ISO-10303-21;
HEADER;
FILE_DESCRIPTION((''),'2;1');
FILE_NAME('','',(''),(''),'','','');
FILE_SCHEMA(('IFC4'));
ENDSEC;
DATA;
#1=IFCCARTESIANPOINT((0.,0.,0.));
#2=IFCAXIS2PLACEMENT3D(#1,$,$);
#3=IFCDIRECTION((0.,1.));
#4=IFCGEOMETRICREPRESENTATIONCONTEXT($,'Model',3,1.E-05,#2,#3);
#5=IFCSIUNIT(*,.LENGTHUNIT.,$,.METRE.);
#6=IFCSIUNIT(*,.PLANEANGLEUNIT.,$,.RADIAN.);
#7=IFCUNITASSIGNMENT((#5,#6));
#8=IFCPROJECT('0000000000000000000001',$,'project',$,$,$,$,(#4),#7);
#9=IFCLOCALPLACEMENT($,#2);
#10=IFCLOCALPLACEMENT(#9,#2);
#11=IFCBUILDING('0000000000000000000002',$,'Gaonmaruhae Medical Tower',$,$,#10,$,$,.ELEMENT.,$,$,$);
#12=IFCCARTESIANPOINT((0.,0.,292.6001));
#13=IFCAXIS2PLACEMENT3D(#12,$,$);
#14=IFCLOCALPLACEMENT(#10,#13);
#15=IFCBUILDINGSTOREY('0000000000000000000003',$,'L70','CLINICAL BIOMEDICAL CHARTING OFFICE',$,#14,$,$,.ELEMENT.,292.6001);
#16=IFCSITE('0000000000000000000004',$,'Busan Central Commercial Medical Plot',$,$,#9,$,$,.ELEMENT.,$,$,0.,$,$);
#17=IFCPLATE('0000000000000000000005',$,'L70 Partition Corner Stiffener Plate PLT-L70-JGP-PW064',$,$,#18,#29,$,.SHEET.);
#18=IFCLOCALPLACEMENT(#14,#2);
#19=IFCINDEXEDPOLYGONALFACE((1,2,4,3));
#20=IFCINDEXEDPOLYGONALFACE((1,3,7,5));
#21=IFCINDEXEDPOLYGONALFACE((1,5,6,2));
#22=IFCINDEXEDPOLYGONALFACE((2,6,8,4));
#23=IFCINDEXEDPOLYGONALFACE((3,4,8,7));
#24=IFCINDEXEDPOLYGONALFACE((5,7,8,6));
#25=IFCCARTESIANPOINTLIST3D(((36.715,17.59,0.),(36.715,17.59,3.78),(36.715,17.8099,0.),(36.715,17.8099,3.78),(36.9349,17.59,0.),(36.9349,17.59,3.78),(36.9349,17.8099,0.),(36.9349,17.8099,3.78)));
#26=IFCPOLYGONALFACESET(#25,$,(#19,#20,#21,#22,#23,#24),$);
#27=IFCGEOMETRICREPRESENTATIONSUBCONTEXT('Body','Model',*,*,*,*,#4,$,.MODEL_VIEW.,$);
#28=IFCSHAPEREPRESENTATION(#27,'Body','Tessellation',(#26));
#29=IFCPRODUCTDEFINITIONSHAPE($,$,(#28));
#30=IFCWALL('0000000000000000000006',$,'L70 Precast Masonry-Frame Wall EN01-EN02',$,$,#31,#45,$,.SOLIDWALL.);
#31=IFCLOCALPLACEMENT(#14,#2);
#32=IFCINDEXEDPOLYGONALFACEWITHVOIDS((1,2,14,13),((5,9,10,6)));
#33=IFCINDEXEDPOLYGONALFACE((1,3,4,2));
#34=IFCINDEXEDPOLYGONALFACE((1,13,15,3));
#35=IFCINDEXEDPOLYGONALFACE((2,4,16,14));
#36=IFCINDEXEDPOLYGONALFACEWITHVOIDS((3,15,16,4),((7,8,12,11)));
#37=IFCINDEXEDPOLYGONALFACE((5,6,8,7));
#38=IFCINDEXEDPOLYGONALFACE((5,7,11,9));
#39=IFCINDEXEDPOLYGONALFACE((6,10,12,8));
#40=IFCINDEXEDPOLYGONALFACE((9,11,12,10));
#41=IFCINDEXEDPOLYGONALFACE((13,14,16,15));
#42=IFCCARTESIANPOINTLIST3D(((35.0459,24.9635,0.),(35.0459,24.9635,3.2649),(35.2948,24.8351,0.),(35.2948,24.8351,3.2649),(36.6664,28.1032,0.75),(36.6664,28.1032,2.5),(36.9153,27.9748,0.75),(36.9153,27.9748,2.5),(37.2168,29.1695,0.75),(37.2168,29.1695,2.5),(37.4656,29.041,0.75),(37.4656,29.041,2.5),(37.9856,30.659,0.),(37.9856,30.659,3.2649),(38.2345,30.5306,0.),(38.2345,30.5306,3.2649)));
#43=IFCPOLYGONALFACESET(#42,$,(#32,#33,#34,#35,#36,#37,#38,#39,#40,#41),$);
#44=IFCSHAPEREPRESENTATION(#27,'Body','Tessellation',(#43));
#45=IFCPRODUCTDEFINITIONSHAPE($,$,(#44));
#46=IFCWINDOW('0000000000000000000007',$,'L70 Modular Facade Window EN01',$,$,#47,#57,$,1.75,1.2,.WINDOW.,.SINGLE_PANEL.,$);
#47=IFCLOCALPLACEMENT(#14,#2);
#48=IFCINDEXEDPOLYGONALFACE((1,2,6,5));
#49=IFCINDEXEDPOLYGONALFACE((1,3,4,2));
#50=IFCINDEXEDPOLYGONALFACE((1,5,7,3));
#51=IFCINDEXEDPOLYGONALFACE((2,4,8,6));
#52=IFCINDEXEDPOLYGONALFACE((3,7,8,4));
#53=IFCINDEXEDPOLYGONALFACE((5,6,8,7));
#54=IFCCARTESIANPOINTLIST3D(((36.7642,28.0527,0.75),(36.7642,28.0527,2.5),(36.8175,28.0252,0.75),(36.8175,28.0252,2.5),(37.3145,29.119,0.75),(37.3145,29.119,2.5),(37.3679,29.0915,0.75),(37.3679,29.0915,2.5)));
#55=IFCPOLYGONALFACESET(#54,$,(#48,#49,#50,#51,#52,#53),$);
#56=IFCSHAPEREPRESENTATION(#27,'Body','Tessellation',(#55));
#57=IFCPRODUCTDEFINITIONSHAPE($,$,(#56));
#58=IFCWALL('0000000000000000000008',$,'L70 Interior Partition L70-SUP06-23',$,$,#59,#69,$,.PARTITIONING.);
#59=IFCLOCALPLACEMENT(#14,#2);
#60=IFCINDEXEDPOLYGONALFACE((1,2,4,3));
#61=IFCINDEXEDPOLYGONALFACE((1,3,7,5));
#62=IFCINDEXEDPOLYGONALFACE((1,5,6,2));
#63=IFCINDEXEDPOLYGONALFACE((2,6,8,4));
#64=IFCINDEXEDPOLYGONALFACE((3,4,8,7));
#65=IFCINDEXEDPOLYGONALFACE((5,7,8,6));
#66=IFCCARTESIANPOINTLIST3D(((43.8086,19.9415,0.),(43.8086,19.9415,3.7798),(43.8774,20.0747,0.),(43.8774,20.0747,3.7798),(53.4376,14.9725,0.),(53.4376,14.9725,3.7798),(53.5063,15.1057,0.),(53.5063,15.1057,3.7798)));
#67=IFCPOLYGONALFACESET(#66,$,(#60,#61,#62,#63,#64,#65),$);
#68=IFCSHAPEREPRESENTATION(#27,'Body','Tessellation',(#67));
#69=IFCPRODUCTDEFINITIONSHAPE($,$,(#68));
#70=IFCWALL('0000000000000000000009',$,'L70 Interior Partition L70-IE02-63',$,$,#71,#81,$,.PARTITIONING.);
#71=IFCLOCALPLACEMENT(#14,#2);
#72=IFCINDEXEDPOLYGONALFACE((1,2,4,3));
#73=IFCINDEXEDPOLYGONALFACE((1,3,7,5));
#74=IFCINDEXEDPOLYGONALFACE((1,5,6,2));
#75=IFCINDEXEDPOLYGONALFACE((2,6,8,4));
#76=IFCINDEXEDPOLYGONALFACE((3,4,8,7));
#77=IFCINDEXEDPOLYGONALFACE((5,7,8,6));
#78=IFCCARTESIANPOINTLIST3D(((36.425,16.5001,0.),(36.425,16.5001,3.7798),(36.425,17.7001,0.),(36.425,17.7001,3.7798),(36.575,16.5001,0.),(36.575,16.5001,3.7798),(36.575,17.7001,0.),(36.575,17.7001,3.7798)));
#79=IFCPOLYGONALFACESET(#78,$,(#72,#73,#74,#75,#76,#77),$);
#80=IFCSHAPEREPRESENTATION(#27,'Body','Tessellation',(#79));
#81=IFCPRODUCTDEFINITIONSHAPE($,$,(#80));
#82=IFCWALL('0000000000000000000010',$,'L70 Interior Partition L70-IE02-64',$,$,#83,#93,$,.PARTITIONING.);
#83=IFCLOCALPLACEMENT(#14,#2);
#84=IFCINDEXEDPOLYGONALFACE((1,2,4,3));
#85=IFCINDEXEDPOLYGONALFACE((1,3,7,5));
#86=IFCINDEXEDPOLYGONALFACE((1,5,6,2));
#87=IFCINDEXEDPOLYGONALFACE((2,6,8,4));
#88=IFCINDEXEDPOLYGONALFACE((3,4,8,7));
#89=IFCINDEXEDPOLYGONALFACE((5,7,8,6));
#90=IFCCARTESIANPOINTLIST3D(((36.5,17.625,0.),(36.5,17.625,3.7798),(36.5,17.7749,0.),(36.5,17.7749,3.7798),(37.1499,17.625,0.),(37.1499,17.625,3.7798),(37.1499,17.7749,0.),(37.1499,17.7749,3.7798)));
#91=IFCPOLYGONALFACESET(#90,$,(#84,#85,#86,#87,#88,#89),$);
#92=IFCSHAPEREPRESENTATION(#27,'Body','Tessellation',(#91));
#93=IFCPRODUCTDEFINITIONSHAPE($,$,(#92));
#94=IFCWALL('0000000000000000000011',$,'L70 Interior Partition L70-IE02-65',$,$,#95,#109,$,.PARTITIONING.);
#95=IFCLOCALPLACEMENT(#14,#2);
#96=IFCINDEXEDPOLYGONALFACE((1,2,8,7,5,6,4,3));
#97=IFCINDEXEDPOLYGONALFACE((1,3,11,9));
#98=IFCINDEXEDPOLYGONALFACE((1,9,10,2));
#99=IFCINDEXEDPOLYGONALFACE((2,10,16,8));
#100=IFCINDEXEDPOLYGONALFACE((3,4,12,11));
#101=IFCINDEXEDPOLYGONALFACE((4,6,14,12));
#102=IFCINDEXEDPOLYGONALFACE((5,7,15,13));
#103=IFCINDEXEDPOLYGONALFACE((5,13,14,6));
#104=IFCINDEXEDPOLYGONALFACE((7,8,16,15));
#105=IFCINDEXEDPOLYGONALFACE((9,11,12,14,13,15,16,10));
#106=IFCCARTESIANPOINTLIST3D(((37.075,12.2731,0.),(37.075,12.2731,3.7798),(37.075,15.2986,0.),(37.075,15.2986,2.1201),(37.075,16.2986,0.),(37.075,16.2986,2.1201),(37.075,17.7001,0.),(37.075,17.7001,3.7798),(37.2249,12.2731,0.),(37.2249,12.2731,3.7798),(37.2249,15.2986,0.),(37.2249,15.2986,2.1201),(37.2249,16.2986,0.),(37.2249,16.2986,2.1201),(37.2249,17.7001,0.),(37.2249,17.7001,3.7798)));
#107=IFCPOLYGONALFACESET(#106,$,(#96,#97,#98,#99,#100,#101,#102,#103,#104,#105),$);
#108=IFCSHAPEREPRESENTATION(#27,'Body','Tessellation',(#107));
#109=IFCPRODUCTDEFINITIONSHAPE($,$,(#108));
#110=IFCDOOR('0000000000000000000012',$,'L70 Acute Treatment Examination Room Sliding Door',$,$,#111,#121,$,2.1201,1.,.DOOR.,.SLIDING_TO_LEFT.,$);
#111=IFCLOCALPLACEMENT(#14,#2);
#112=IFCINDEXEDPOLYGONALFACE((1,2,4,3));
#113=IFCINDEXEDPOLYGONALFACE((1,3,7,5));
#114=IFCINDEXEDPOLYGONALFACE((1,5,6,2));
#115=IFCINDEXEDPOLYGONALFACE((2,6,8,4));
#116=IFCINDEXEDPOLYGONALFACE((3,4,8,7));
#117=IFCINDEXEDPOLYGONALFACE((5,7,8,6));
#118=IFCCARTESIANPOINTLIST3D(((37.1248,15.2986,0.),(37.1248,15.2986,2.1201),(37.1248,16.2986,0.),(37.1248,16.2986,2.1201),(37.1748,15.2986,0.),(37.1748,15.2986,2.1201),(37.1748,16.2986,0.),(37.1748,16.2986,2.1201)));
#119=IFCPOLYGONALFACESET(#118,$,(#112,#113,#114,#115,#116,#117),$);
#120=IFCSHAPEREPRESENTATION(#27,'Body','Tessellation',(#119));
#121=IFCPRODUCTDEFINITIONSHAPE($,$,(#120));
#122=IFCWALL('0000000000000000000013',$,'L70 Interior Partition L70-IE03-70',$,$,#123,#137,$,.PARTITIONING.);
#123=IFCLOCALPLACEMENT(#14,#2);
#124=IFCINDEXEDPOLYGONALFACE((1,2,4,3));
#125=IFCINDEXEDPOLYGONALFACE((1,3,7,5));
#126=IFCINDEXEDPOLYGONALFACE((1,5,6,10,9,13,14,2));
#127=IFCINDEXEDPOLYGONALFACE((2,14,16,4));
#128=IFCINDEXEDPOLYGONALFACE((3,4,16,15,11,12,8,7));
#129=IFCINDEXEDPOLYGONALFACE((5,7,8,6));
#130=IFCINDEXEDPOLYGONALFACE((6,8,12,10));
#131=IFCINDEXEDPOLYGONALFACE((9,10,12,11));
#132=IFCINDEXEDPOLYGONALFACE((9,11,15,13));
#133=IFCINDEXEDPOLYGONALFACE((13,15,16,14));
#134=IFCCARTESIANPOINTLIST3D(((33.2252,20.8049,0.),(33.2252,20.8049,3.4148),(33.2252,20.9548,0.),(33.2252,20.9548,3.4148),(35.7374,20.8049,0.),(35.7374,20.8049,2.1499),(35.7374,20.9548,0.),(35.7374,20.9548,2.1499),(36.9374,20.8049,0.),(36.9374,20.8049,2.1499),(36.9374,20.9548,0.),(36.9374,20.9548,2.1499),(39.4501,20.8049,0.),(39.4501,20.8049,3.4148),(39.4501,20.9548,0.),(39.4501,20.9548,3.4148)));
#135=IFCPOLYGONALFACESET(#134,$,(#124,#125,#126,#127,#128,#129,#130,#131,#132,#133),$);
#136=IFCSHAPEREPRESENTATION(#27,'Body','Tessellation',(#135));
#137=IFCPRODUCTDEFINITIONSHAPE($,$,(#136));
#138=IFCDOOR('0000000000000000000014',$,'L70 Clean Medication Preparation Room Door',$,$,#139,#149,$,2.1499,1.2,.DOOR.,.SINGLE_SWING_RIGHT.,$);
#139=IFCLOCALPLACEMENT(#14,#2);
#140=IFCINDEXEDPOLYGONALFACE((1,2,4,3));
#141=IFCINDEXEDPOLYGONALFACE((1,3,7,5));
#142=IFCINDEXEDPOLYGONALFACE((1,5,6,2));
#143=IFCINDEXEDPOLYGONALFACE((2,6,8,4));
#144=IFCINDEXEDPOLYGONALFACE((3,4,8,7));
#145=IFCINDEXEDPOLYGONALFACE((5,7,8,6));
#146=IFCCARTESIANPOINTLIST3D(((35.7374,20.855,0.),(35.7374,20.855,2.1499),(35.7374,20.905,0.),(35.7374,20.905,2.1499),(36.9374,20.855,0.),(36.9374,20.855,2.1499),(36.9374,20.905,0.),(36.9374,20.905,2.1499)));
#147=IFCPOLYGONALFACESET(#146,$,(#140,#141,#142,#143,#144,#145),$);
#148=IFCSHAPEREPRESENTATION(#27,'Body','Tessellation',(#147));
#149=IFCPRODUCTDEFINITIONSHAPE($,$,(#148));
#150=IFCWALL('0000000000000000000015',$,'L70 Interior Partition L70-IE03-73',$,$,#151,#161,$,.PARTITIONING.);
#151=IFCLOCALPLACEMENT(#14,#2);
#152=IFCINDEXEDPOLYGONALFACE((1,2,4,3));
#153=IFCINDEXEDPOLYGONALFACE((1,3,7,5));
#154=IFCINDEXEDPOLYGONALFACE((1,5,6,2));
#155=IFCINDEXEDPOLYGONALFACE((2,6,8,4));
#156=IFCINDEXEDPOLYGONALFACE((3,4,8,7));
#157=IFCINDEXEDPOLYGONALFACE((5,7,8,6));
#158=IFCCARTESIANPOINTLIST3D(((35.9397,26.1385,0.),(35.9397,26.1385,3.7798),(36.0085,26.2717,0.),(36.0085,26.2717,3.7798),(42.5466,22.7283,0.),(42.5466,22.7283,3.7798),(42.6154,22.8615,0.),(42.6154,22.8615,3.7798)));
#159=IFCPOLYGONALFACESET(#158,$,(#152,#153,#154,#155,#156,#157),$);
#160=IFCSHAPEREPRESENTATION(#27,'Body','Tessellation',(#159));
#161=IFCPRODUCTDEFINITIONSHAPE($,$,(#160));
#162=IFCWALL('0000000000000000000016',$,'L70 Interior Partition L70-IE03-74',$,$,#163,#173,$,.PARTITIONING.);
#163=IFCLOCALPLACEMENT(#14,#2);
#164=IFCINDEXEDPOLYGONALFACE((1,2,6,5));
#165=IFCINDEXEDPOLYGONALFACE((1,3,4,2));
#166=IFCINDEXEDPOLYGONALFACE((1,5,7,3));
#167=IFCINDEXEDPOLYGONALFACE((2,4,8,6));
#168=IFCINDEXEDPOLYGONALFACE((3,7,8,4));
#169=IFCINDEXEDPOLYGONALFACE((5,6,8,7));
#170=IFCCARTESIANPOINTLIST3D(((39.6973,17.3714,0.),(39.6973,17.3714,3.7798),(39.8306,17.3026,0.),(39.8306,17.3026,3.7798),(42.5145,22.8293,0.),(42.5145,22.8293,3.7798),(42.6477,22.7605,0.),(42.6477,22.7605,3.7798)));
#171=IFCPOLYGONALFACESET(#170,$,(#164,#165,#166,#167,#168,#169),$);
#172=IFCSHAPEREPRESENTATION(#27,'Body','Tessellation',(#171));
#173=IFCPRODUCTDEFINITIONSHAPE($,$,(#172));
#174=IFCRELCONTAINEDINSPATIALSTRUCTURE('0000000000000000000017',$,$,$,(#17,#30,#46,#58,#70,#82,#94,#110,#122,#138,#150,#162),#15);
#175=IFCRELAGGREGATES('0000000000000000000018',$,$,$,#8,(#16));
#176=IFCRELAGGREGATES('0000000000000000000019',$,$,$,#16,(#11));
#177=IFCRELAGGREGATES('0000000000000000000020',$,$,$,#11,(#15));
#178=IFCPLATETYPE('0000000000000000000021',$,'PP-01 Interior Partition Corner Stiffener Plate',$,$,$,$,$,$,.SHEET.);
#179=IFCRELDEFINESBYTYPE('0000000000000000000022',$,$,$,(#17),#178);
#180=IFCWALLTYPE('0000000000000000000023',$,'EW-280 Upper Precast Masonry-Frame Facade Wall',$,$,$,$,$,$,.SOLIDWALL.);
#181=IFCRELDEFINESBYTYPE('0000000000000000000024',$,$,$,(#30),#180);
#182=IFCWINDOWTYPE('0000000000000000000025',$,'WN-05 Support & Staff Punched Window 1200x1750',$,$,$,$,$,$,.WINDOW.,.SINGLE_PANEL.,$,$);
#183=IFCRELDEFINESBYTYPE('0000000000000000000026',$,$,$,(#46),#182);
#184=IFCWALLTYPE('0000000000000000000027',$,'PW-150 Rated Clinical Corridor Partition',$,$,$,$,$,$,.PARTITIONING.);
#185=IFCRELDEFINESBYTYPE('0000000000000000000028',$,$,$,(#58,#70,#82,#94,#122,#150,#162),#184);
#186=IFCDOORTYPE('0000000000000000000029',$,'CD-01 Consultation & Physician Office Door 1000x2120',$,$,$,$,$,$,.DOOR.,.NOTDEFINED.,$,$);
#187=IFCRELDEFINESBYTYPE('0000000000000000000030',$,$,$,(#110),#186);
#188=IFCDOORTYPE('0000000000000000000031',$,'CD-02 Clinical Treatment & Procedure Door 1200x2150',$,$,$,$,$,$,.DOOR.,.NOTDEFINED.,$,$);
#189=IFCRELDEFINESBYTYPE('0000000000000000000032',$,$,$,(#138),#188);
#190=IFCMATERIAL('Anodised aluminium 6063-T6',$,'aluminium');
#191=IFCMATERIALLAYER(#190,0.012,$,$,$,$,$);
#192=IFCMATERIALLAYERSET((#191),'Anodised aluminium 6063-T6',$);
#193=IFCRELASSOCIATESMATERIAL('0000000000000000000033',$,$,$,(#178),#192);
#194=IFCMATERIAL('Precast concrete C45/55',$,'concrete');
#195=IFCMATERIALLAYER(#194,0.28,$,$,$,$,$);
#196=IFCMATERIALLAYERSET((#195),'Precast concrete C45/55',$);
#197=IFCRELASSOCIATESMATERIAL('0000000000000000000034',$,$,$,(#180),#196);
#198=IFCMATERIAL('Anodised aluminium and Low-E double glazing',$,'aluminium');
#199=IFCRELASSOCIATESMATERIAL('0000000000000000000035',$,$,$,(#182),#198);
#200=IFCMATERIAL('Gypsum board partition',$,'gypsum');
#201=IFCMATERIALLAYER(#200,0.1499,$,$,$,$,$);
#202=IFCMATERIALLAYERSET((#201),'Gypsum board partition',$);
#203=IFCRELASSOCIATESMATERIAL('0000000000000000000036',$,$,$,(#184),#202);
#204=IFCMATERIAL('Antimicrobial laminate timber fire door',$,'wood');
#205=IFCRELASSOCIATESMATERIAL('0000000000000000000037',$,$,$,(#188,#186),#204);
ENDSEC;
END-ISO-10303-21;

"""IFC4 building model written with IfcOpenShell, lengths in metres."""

from ifc_helpers import new_model, si_unit, direction, frame, frame_2d, origin, origin_2d, place, context, subcontext, project, spatial, rectangle, extrude, material, layer, layer_set, type_object, element, fill, save


model = new_model("IFC4")

# Units and contexts
model_context = context("Model", 3, precision=1e-05, world=origin(), true_north=direction((0.0, 1.0)))
body_context = subcontext(model_context, "Body", "Model", "MODEL_VIEW")
ifc_project = project(units=[si_unit("LENGTHUNIT", "METRE"), si_unit("PLANEANGLEUNIT", "RADIAN")], contexts=[model_context])

# Site, building, storey
site_placement = place(None, origin())
site = spatial("IfcSite", under=ifc_project, at=site_placement, Name="Busan Central Commercial Medical Plot", CompositionType="ELEMENT", RefElevation=0.0)
building_placement = place(site_placement, origin())
building = spatial("IfcBuilding", under=site, at=building_placement, Name="Gaonmaruhae Medical Tower", CompositionType="ELEMENT")
storey_placement = place(building_placement, frame((0.0, 0.0, 292.6001)))
storey = spatial("IfcBuildingStorey", under=building, at=storey_placement, Name="L70", Description="CLINICAL BIOMEDICAL CHARTING OFFICE", CompositionType="ELEMENT", Elevation=292.6001)

# Plate
ifc_material_1 = material(Name="Anodised aluminium 6063-T6", Category="aluminium")
ifc_layer_1 = layer(ifc_material_1, 0.012)
ifc_layer_set_1 = layer_set([ifc_layer_1], Name="Anodised aluminium 6063-T6")
plate_type = type_object("IfcPlateType", Name="PP-01 Interior Partition Corner Stiffener Plate", PredefinedType="SHEET", material=ifc_layer_set_1)
plate_placement = place(storey_placement, frame((36.825, 17.7, 0.0), z_axis=(0.0, 0.0, 1.0), x_axis=(1.0, 0.0, 0.0)))
element("IfcPlate", 1, at=plate_placement, inside=storey, type_object=plate_type, Name="L70 Partition Corner Stiffener Plate PLT-L70-JGP-PW064", PredefinedType="SHEET", context=body_context, shape_type="SweptSolid", body=[
    extrude(rectangle(XDim=0.22, YDim=0.22, at=origin_2d()), origin(), (0.0, 0.0, 1.0), 3.78),
])

# Wall, opening, window
ifc_material_2 = material(Name="Precast concrete C45/55", Category="concrete")
ifc_layer_2 = layer(ifc_material_2, 0.28)
ifc_layer_set_2 = layer_set([ifc_layer_2], Name="Precast concrete C45/55")
wall_type_1 = type_object("IfcWallType", Name="EW-280 Upper Precast Masonry-Frame Facade Wall", PredefinedType="SOLIDWALL", material=ifc_layer_set_2)
wall_1_placement = place(storey_placement, frame((35.1704, 24.8994, 0.0), z_axis=(0.0, 0.0, 1.0), x_axis=(0.45865, 0.888617, 0.0)))
wall_1 = element("IfcWall", 2, at=wall_1_placement, inside=storey, type_object=wall_type_1, Name="L70 Precast Masonry-Frame Wall EN01-EN02", PredefinedType="SOLIDWALL", context=body_context, shape_type="SweptSolid", body=[
    extrude(rectangle(XDim=6.4094, YDim=0.28, at=frame_2d((3.2046, 0.0))), origin(), (0.0, 0.0, 1.0), 3.2649),
])
opening_1_placement = place(wall_1_placement, frame((3.533, 0.0, 0.75)))
opening_1 = element("IfcOpeningElement", 3, at=opening_1_placement, cuts=wall_1, PredefinedType="OPENING", context=body_context, shape_type="SweptSolid", body=[
    extrude(rectangle(XDim=1.2, YDim=1.75, at=frame_2d((0.6001, 0.875))), frame((0.0, 0.1499, 0.0), z_axis=(0.0, -1.0, 0.0), x_axis=(1.0, 0.0, 0.0)), (0.0, 0.0, 1.0), 0.3),
])
ifc_material_3 = material(Name="Anodised aluminium and Low-E double glazing", Category="aluminium")
window_type = type_object("IfcWindowType", Name="WN-05 Support & Staff Punched Window 1200x1750", PartitioningType="SINGLE_PANEL", PredefinedType="WINDOW", material=ifc_material_3)
window_placement = place(opening_1_placement, origin())
window = element("IfcWindow", 4, at=window_placement, inside=storey, type_object=window_type, Name="L70 Modular Facade Window EN01", OverallHeight=1.75, OverallWidth=1.2, PartitioningType="SINGLE_PANEL", PredefinedType="WINDOW", context=body_context, shape_type="SweptSolid", body=[
    extrude(rectangle(XDim=1.2, YDim=1.75, at=frame_2d((0.6001, 0.875))), frame((0.0, 0.03, 0.0), z_axis=(0.0, -1.0, 0.0), x_axis=(1.0, 0.0, 0.0)), (0.0, 0.0, 1.0), 0.0601),
])
fill(opening_1, window)

# Wall
ifc_material_4 = material(Name="Gypsum board partition", Category="gypsum")
ifc_layer_3 = layer(ifc_material_4, 0.1499)
ifc_layer_set_3 = layer_set([ifc_layer_3], Name="Gypsum board partition")
wall_type_2 = type_object("IfcWallType", Name="PW-150 Rated Clinical Corridor Partition", PredefinedType="PARTITIONING", material=ifc_layer_set_3)
wall_2_placement = place(storey_placement, frame((43.843, 20.0081, 0.0), z_axis=(0.0, 0.0, 1.0), x_axis=(0.888649, -0.458587, 0.0)))
element("IfcWall", 5, at=wall_2_placement, inside=storey, type_object=wall_type_2, Name="L70 Interior Partition L70-SUP06-23", PredefinedType="PARTITIONING", context=body_context, shape_type="SweptSolid", body=[
    extrude(rectangle(XDim=10.8354, YDim=0.1499, at=frame_2d((5.4177, 0.0))), origin(), (0.0, 0.0, 1.0), 3.7798),
])

# Shared definitions
ifc_material_5 = material(Name="Antimicrobial laminate timber fire door", Category="wood")
door_type_1 = type_object("IfcDoorType", Name="CD-02 Clinical Treatment & Procedure Door 1200x2150", OperationType="NOTDEFINED", PredefinedType="DOOR", material=ifc_material_5)

# Walls
wall_3_placement = place(storey_placement, frame((36.5, 16.5, 0.0), z_axis=(0.0, 0.0, 1.0), x_axis=(0.0, 1.0, 0.0)))
element("IfcWall", 6, at=wall_3_placement, inside=storey, type_object=wall_type_2, Name="L70 Interior Partition L70-IE02-63", PredefinedType="PARTITIONING", context=body_context, shape_type="SweptSolid", body=[
    extrude(rectangle(XDim=1.2, YDim=0.1499, at=frame_2d((0.6001, 0.0))), origin(), (0.0, 0.0, 1.0), 3.7798),
])
wall_4_placement = place(storey_placement, frame((36.5, 17.7, 0.0), z_axis=(0.0, 0.0, 1.0), x_axis=(1.0, 0.0, 0.0)))
element("IfcWall", 7, at=wall_4_placement, inside=storey, type_object=wall_type_2, Name="L70 Interior Partition L70-IE02-64", PredefinedType="PARTITIONING", context=body_context, shape_type="SweptSolid", body=[
    extrude(rectangle(XDim=0.6499, YDim=0.1499, at=frame_2d((0.325, 0.0))), origin(), (0.0, 0.0, 1.0), 3.7798),
])

# Walls, openings, doors
wall_5_placement = place(storey_placement, frame((37.1499, 17.7, 0.0), z_axis=(0.0, 0.0, 1.0), x_axis=(0.0, -1.0, 0.0)))
wall_5 = element("IfcWall", 8, at=wall_5_placement, inside=storey, type_object=wall_type_2, Name="L70 Interior Partition L70-IE02-65", PredefinedType="PARTITIONING", context=body_context, shape_type="SweptSolid", body=[
    extrude(rectangle(XDim=5.427, YDim=0.1499, at=frame_2d((2.7134, 0.0))), origin(), (0.0, 0.0, 1.0), 3.7798),
])
opening_2_placement = place(wall_5_placement, frame((1.4014, 0.0, 0.0)))
opening_2 = element("IfcOpeningElement", 9, at=opening_2_placement, cuts=wall_5, PredefinedType="OPENING", context=body_context, shape_type="SweptSolid", body=[
    extrude(rectangle(XDim=1.0, YDim=2.1201, at=frame_2d((0.5, 1.0601))), frame((0.0, 0.085, 0.0), z_axis=(0.0, -1.0, 0.0), x_axis=(1.0, 0.0, 0.0)), (0.0, 0.0, 1.0), 0.1699),
])
door_type_2 = type_object("IfcDoorType", Name="CD-01 Consultation & Physician Office Door 1000x2120", OperationType="NOTDEFINED", PredefinedType="DOOR", material=ifc_material_5)
door_1_placement = place(opening_2_placement, origin())
door_1 = element("IfcDoor", 10, at=door_1_placement, inside=storey, type_object=door_type_2, Name="L70 Acute Treatment Examination Room Sliding Door", OperationType="SLIDING_TO_LEFT", OverallHeight=2.1201, OverallWidth=1.0, PredefinedType="DOOR", context=body_context, shape_type="SweptSolid", body=[
    extrude(rectangle(XDim=1.0, YDim=2.1201, at=frame_2d((0.5, 1.0601))), frame((0.0, 0.0249, 0.0), z_axis=(0.0, -1.0, 0.0), x_axis=(1.0, 0.0, 0.0)), (0.0, 0.0, 1.0), 0.05),
])
fill(opening_2, door_1)
wall_6_placement = place(storey_placement, frame((39.45, 20.8799, 0.0), z_axis=(0.0, 0.0, 1.0), x_axis=(-1.0, 0.0, 0.0)))
wall_6 = element("IfcWall", 11, at=wall_6_placement, inside=storey, type_object=wall_type_2, Name="L70 Interior Partition L70-IE03-70", PredefinedType="PARTITIONING", context=body_context, shape_type="SweptSolid", body=[
    extrude(rectangle(XDim=6.2249, YDim=0.1499, at=frame_2d((3.1123, 0.0))), origin(), (0.0, 0.0, 1.0), 3.4148),
])
opening_3_placement = place(wall_6_placement, frame((2.5125, 0.0, 0.0)))
opening_3 = element("IfcOpeningElement", 12, at=opening_3_placement, cuts=wall_6, PredefinedType="OPENING", context=body_context, shape_type="SweptSolid", body=[
    extrude(rectangle(XDim=1.2, YDim=2.1499, at=frame_2d((0.6001, 1.075))), frame((0.0, 0.085, 0.0), z_axis=(0.0, -1.0, 0.0), x_axis=(1.0, 0.0, 0.0)), (0.0, 0.0, 1.0), 0.1699),
])
door_2_placement = place(opening_3_placement, origin())
door_2 = element("IfcDoor", 13, at=door_2_placement, inside=storey, type_object=door_type_1, Name="L70 Clean Medication Preparation Room Door", OperationType="SINGLE_SWING_RIGHT", OverallHeight=2.1499, OverallWidth=1.2, PredefinedType="DOOR", context=body_context, shape_type="SweptSolid", body=[
    extrude(rectangle(XDim=1.2, YDim=2.1499, at=frame_2d((0.6001, 1.075))), frame((0.0, 0.0249, 0.0), z_axis=(0.0, -1.0, 0.0), x_axis=(1.0, 0.0, 0.0)), (0.0, 0.0, 1.0), 0.05),
])
fill(opening_3, door_2)

# Walls
wall_7_placement = place(storey_placement, frame((35.9741, 26.2051, 0.0), z_axis=(0.0, 0.0, 1.0), x_axis=(0.888614, -0.458656, 0.0)))
element("IfcWall", 14, at=wall_7_placement, inside=storey, type_object=wall_type_2, Name="L70 Interior Partition L70-IE03-73", PredefinedType="PARTITIONING", context=body_context, shape_type="SweptSolid", body=[
    extrude(rectangle(XDim=7.4351, YDim=0.1499, at=frame_2d((3.7175, 0.0))), origin(), (0.0, 0.0, 1.0), 3.7798),
])
wall_8_placement = place(storey_placement, frame((42.5811, 22.7949, 0.0), z_axis=(0.0, 0.0, 1.0), x_axis=(-0.458656, -0.888614, 0.0)))
element("IfcWall", 15, at=wall_8_placement, inside=storey, type_object=wall_type_2, Name="L70 Interior Partition L70-IE03-74", PredefinedType="PARTITIONING", context=body_context, shape_type="SweptSolid", body=[
    extrude(rectangle(XDim=6.1421, YDim=0.1499, at=frame_2d((3.071, 0.0))), origin(), (0.0, 0.0, 1.0), 3.7798),
])

save(model, "model.ifc")
